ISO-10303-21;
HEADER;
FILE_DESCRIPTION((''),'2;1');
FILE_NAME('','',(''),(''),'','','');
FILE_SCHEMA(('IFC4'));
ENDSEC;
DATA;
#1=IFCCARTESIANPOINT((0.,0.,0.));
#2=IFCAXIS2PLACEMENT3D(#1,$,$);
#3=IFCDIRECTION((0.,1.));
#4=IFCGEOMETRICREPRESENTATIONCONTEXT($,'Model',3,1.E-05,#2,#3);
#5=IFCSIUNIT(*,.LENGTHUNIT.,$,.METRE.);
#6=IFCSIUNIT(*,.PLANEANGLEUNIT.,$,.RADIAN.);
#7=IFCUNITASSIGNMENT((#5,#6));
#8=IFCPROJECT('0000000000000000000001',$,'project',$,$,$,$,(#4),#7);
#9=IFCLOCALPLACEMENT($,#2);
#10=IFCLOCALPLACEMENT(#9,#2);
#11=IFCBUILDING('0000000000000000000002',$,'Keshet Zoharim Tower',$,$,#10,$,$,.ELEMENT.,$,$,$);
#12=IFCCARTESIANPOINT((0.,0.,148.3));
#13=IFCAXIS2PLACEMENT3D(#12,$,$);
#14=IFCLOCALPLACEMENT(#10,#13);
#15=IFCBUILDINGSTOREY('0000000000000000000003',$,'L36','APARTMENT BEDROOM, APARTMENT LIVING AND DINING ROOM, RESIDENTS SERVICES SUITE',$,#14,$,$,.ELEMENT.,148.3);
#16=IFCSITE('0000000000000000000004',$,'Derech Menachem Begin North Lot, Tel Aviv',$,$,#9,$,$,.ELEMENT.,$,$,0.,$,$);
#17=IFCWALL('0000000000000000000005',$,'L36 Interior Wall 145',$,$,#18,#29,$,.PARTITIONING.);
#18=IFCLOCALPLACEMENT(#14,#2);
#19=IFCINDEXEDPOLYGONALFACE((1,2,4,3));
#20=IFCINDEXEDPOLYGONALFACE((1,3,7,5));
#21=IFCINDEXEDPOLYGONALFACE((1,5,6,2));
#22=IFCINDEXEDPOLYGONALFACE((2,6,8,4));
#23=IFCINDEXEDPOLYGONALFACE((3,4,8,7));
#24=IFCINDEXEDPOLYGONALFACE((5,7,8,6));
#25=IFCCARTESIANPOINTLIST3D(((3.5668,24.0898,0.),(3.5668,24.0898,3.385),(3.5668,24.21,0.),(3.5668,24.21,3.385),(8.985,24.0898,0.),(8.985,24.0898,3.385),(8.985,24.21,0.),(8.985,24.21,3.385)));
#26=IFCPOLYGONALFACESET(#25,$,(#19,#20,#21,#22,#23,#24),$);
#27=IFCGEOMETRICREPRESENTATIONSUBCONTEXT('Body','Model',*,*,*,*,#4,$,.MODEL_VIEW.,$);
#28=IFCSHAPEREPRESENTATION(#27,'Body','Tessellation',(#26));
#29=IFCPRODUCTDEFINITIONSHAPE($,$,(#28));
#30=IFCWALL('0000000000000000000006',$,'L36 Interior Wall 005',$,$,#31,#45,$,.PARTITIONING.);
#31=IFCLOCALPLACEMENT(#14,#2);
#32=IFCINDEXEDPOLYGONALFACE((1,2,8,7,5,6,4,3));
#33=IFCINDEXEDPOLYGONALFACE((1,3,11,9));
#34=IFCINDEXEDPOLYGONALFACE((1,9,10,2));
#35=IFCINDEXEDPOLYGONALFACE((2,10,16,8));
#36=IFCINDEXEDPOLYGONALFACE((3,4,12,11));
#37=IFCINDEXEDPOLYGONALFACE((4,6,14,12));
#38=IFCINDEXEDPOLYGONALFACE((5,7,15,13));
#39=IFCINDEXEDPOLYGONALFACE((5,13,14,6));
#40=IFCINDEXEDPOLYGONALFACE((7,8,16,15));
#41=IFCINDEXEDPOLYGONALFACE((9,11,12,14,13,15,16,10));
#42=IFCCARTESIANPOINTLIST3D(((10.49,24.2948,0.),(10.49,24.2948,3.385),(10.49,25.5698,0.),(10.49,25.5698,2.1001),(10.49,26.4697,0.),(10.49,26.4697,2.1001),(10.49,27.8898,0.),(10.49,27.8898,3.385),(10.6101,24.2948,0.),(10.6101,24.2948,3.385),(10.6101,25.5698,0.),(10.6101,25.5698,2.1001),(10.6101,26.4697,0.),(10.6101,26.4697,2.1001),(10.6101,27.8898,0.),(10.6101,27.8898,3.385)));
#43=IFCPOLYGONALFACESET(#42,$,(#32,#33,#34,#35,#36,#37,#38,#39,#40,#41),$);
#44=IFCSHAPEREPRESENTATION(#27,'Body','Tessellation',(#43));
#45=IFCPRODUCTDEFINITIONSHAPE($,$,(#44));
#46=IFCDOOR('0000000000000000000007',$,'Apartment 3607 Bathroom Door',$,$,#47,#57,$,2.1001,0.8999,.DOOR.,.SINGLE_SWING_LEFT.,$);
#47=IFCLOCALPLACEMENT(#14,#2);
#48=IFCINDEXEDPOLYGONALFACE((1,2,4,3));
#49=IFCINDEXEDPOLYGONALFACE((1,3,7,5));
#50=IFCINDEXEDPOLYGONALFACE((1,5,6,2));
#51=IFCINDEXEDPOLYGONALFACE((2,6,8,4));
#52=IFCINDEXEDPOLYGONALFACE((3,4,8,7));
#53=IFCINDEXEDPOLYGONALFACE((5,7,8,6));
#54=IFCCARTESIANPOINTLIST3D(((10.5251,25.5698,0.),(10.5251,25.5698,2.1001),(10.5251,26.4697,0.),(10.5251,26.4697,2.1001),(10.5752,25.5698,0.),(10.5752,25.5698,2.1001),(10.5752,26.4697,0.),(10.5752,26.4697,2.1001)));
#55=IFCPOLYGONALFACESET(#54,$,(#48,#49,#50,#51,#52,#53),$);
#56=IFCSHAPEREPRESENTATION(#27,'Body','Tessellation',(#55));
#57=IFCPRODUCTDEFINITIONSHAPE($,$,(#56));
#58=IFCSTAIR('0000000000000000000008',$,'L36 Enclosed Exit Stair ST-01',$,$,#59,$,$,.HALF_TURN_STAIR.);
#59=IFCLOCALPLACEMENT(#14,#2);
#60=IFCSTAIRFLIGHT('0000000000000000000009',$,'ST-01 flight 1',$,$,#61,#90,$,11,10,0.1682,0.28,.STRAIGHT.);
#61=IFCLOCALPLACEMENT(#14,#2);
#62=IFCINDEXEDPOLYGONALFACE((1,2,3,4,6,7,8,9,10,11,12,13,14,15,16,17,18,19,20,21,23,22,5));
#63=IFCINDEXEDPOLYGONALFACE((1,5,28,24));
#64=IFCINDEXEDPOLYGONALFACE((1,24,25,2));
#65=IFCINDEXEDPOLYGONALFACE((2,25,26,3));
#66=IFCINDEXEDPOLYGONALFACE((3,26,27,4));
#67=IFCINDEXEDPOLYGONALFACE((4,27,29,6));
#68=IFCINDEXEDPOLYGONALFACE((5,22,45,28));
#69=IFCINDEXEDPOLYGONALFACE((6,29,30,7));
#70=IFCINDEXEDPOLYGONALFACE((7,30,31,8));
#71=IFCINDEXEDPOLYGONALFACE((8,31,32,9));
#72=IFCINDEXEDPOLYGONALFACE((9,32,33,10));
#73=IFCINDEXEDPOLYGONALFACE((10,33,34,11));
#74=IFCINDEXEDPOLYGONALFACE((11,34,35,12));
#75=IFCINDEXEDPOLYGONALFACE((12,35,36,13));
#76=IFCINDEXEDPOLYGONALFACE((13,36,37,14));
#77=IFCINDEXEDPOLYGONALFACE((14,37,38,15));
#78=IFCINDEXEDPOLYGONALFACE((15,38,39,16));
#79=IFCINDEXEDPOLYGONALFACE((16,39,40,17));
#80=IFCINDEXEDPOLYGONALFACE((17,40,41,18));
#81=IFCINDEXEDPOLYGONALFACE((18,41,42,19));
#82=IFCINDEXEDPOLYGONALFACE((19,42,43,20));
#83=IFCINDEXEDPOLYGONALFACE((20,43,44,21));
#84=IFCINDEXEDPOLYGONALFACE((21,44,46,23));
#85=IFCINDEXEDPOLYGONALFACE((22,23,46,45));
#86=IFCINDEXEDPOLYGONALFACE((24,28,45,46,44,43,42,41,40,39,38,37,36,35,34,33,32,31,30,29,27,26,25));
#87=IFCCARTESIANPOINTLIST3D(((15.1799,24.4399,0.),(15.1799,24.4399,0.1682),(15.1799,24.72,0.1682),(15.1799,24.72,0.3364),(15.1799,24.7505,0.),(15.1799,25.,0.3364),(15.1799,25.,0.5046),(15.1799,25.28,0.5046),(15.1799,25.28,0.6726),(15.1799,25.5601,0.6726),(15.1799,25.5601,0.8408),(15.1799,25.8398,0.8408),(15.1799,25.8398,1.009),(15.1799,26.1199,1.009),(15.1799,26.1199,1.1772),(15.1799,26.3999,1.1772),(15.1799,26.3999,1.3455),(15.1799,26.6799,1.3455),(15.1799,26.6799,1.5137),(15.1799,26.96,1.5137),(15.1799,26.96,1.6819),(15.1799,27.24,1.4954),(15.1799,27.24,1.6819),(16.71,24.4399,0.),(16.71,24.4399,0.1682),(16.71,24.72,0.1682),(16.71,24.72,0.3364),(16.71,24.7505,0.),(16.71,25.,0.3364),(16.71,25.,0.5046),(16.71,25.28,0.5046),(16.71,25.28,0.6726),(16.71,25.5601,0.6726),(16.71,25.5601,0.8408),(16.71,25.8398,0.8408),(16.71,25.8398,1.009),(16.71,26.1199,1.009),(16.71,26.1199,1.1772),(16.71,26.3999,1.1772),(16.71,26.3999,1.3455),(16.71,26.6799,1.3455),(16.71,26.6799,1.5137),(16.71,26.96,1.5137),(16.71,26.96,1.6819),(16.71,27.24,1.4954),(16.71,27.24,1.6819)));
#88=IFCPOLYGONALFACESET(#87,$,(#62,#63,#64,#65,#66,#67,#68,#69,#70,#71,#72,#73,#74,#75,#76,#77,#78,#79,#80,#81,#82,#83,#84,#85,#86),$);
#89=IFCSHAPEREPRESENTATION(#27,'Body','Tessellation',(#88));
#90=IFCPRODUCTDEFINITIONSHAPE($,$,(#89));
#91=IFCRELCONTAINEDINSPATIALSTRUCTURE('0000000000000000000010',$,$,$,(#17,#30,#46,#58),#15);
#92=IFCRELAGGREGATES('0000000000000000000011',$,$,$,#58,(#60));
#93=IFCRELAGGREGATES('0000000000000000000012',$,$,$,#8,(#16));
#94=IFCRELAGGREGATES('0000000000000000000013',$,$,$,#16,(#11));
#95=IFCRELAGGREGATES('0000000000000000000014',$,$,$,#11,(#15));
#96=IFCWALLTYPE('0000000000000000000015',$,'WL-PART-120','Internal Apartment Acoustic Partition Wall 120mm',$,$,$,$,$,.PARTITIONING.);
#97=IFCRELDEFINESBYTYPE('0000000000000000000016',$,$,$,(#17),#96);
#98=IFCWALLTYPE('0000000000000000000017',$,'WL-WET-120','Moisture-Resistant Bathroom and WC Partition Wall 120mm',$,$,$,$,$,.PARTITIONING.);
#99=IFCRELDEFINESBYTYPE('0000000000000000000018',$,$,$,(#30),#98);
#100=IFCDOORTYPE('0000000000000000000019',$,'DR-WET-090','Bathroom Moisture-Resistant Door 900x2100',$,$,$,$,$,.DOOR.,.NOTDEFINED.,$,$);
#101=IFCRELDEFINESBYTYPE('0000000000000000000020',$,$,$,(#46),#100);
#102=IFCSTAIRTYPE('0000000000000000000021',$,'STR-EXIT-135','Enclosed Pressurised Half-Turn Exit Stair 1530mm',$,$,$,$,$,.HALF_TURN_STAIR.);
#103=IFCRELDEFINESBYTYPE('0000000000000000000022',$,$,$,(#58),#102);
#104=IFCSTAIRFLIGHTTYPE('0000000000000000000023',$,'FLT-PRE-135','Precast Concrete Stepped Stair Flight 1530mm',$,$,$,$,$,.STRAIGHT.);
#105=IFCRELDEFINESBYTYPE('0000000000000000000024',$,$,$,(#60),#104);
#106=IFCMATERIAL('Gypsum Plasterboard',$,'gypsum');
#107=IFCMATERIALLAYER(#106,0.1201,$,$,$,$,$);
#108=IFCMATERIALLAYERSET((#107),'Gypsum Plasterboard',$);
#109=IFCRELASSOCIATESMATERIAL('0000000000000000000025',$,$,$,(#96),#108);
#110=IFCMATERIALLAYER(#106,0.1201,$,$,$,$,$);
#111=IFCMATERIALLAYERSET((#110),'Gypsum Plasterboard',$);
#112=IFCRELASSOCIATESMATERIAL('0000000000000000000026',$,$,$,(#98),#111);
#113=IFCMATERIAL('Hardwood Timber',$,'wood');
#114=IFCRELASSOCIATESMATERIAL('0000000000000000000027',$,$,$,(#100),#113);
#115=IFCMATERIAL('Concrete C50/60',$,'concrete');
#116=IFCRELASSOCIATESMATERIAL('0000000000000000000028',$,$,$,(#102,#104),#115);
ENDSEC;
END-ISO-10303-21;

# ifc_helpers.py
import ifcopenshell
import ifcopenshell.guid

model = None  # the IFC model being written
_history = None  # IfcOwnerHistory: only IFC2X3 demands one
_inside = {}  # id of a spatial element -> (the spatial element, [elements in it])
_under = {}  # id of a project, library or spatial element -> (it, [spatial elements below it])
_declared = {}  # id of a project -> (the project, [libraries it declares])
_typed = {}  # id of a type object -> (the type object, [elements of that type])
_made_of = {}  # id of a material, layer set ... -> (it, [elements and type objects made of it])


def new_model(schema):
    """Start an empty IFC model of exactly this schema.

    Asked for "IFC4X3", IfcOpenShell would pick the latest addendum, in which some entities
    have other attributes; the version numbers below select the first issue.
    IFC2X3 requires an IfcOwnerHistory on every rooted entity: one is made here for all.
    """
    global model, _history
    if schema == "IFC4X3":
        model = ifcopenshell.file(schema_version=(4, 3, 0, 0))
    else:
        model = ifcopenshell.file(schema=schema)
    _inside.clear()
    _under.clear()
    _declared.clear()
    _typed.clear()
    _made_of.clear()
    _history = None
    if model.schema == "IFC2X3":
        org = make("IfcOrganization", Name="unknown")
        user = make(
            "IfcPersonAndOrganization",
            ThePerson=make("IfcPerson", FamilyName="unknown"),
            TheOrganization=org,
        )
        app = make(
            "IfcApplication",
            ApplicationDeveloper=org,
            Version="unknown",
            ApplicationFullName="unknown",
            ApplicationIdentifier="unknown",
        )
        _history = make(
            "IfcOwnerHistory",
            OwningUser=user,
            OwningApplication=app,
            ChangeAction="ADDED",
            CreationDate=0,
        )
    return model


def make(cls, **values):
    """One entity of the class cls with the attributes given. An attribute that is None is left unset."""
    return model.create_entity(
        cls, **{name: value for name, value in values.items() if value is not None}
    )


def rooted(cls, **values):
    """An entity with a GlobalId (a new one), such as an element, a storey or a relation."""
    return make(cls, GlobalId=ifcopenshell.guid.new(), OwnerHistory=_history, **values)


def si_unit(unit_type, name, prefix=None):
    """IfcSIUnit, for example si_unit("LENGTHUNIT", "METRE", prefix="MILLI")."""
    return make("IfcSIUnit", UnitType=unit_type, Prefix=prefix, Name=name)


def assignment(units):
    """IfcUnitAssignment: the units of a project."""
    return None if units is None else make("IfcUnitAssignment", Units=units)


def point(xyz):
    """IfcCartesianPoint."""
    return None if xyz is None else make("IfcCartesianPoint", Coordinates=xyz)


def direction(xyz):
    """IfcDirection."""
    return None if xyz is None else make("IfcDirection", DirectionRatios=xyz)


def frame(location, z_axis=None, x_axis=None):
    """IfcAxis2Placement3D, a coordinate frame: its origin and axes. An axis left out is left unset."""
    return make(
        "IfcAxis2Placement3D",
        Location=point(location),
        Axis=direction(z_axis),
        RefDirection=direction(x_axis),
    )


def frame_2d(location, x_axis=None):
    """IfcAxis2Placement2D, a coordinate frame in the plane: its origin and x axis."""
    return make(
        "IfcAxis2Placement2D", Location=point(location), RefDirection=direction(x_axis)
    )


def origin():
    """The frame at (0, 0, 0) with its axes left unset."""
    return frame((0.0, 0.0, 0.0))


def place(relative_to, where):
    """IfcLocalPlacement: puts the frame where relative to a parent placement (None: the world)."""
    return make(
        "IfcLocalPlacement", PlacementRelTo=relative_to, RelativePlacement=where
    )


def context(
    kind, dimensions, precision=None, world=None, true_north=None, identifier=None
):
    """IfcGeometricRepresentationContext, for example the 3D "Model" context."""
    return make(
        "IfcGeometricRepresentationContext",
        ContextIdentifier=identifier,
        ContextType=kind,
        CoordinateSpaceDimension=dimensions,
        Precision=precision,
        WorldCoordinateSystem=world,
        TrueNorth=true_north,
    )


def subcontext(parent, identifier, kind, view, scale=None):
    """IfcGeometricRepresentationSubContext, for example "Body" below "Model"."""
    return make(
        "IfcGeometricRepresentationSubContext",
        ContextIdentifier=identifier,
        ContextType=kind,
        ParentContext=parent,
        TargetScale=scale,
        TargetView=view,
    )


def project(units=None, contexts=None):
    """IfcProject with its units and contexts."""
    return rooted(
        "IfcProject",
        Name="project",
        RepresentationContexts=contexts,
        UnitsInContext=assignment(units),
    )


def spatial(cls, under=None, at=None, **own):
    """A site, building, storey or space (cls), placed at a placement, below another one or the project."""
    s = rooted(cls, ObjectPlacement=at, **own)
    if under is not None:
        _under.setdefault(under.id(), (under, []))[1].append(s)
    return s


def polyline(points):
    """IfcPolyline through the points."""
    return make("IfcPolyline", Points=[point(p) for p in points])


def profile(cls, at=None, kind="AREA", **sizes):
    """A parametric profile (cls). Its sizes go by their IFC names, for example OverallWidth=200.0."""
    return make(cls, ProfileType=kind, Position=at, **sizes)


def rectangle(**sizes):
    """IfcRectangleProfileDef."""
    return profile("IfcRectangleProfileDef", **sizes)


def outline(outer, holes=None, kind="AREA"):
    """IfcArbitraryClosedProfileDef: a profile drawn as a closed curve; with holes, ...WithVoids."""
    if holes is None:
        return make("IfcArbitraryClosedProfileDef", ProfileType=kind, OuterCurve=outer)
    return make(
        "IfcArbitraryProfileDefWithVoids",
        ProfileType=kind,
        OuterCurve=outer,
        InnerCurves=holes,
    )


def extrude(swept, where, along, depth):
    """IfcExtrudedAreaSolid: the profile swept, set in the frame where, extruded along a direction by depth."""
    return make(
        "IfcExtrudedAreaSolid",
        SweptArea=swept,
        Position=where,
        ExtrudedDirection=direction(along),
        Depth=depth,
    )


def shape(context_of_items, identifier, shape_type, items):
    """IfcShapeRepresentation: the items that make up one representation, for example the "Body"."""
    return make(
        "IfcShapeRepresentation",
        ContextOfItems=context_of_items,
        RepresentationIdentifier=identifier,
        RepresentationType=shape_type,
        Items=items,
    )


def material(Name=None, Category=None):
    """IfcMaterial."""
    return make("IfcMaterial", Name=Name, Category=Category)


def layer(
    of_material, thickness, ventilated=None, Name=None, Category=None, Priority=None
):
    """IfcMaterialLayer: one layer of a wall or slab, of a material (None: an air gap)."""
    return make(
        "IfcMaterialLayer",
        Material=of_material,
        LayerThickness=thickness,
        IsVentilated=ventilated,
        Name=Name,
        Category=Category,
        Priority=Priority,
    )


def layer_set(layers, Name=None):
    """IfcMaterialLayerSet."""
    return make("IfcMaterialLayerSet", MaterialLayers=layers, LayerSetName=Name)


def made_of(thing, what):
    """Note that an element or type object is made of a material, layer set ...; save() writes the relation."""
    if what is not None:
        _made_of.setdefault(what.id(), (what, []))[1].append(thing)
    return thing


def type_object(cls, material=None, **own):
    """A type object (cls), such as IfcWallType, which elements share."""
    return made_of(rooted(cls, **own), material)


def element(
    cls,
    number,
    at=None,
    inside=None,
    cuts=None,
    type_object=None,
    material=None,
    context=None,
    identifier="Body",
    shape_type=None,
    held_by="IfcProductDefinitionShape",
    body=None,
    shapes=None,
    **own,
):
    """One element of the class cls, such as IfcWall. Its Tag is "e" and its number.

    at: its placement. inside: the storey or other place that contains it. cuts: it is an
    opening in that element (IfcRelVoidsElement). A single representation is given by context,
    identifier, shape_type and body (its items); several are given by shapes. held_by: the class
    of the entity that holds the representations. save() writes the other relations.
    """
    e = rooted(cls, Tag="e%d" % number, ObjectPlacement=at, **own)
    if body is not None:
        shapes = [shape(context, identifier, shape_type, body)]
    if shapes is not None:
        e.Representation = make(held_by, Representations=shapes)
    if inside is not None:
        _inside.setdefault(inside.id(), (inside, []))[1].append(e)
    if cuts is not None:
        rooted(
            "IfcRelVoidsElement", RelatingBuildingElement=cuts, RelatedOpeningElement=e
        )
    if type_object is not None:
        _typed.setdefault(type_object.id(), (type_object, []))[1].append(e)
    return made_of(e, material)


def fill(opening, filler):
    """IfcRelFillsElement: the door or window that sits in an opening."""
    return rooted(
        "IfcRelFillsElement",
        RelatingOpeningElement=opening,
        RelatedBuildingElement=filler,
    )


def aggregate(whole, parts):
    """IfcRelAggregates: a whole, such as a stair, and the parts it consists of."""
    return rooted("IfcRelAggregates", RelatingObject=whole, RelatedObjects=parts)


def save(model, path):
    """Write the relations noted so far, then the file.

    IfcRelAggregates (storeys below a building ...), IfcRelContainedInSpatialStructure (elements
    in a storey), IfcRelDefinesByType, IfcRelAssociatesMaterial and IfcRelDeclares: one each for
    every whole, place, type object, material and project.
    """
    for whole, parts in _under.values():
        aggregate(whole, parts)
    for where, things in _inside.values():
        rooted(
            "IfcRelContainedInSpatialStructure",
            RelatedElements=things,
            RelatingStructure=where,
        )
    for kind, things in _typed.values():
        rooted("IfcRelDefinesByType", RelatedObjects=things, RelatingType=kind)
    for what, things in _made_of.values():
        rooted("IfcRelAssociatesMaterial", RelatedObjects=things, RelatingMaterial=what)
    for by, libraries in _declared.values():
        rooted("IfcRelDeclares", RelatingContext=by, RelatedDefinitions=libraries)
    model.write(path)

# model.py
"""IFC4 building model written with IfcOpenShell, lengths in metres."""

from ifc_helpers import new_model, si_unit, direction, frame, frame_2d, origin, place, context, subcontext, project, spatial, polyline, rectangle, outline, extrude, material, layer, layer_set, type_object, element, fill, aggregate, save


model = new_model("IFC4")

# Units and contexts
model_context = context("Model", 3, precision=1e-05, world=origin(), true_north=direction((0.0, 1.0)))
body_context = subcontext(model_context, "Body", "Model", "MODEL_VIEW")
ifc_project = project(units=[si_unit("LENGTHUNIT", "METRE"), si_unit("PLANEANGLEUNIT", "RADIAN")], contexts=[model_context])

# Site, building, storey
site_placement = place(None, origin())
site = spatial("IfcSite", under=ifc_project, at=site_placement, Name="Derech Menachem Begin North Lot, Tel Aviv", CompositionType="ELEMENT", RefElevation=0.0)
building_placement = place(site_placement, origin())
building = spatial("IfcBuilding", under=site, at=building_placement, Name="Keshet Zoharim Tower", CompositionType="ELEMENT")
storey_placement = place(building_placement, frame((0.0, 0.0, 148.3)))
storey = spatial("IfcBuildingStorey", under=building, at=storey_placement, Name="L36", Description="APARTMENT BEDROOM, APARTMENT LIVING AND DINING ROOM, RESIDENTS SERVICES SUITE", CompositionType="ELEMENT", Elevation=148.3)

# Shared definitions
ifc_material_1 = material(Name="Gypsum Plasterboard", Category="gypsum")

# Shared definitions
ifc_layer_1 = layer(ifc_material_1, 0.1201)
ifc_layer_set_1 = layer_set([ifc_layer_1], Name="Gypsum Plasterboard")
wall_type_1 = type_object("IfcWallType", Name="WL-PART-120", Description="Internal Apartment Acoustic Partition Wall 120mm", PredefinedType="PARTITIONING", material=ifc_layer_set_1)
ifc_material_2 = material(Name="Hardwood Timber", Category="wood")

# Wall
wall_1_placement = place(storey_placement, frame((3.5669, 24.1499, 0.0), z_axis=(0.0, 0.0, 1.0), x_axis=(1.0, 0.0, 0.0)))
element("IfcWall", 1, at=wall_1_placement, inside=storey, type_object=wall_type_1, Name="L36 Interior Wall 145", PredefinedType="PARTITIONING", context=body_context, shape_type="SweptSolid", body=[
    extrude(rectangle(XDim=5.4182, YDim=0.1201, at=frame_2d((2.709, 0.0))), origin(), (0.0, 0.0, 1.0), 3.385),
])

# Wall, opening, door
ifc_layer_2 = layer(ifc_material_1, 0.1201)
ifc_layer_set_2 = layer_set([ifc_layer_2], Name="Gypsum Plasterboard")
wall_type_2 = type_object("IfcWallType", Name="WL-WET-120", Description="Moisture-Resistant Bathroom and WC Partition Wall 120mm", PredefinedType="PARTITIONING", material=ifc_layer_set_2)
wall_2_placement = place(storey_placement, frame((10.55, 24.2949, 0.0), z_axis=(0.0, 0.0, 1.0), x_axis=(0.0, 1.0, 0.0)))
wall_2 = element("IfcWall", 2, at=wall_2_placement, inside=storey, type_object=wall_type_2, Name="L36 Interior Wall 005", PredefinedType="PARTITIONING", context=body_context, shape_type="SweptSolid", body=[
    extrude(rectangle(XDim=3.595, YDim=0.1201, at=frame_2d((1.7974, 0.0))), origin(), (0.0, 0.0, 1.0), 3.385),
])
opening_1_placement = place(wall_2_placement, frame((1.2749, 0.0, 0.0)))
opening_1 = element("IfcOpeningElement", 3, at=opening_1_placement, cuts=wall_2, PredefinedType="OPENING", context=body_context, shape_type="SweptSolid", body=[
    extrude(rectangle(XDim=0.8999, YDim=2.1001, at=frame_2d((0.45, 1.05))), frame((0.0, 0.0701, 0.0), z_axis=(0.0, -1.0, 0.0), x_axis=(1.0, 0.0, 0.0)), (0.0, 0.0, 1.0), 0.1401),
])
door_type_1 = type_object("IfcDoorType", Name="DR-WET-090", Description="Bathroom Moisture-Resistant Door 900x2100", OperationType="NOTDEFINED", PredefinedType="DOOR", material=ifc_material_2)
door_1_placement = place(opening_1_placement, origin())
door_1 = element("IfcDoor", 4, at=door_1_placement, inside=storey, type_object=door_type_1, Name="Apartment 3607 Bathroom Door", OperationType="SINGLE_SWING_LEFT", OverallHeight=2.1001, OverallWidth=0.8999, PredefinedType="DOOR", context=body_context, shape_type="SweptSolid", body=[
    extrude(rectangle(XDim=0.8999, YDim=2.1001, at=frame_2d((0.45, 1.05))), frame((0.0, 0.0249, 0.0), z_axis=(0.0, -1.0, 0.0), x_axis=(1.0, 0.0, 0.0)), (0.0, 0.0, 1.0), 0.05),
])
fill(opening_1, door_1)

# Stair, stair flight
ifc_material_3 = material(Name="Concrete C50/60", Category="concrete")
stair_type = type_object("IfcStairType", Name="STR-EXIT-135", Description="Enclosed Pressurised Half-Turn Exit Stair 1530mm", PredefinedType="HALF_TURN_STAIR", material=ifc_material_3)
stair_placement = place(storey_placement, origin())
stair = element("IfcStair", 5, at=stair_placement, inside=storey, type_object=stair_type, Name="L36 Enclosed Exit Stair ST-01", PredefinedType="HALF_TURN_STAIR")
stair_flight_type = type_object("IfcStairFlightType", Name="FLT-PRE-135", Description="Precast Concrete Stepped Stair Flight 1530mm", PredefinedType="STRAIGHT", material=ifc_material_3)
stair_flight_placement = place(storey_placement, frame((15.9451, 24.4399, 0.0), z_axis=(0.0, 0.0, 1.0), x_axis=(0.0, 1.0, 0.0)))
stair_flight = element("IfcStairFlight", 6, at=stair_flight_placement, type_object=stair_flight_type, Name="ST-01 flight 1", NumberOfRisers=11, NumberOfTreads=10, PredefinedType="STRAIGHT", RiserHeight=0.1682, TreadLength=0.28, context=body_context, shape_type="SweptSolid", body=[
    extrude(outline(polyline([(0.0, 0.0), (0.0, 0.1682), (0.28, 0.1682), (0.28, 0.3364), (0.5601, 0.3364), (0.5601, 0.5046), (0.8401, 0.5046), (0.8401, 0.6726), (1.1201, 0.6726), (1.1201, 0.8408), (1.3999, 0.8408), (1.3999, 1.009), (1.6799, 1.009), (1.6799, 1.1772), (1.96, 1.1772), (1.96, 1.3455), (2.24, 1.3455), (2.24, 1.5137), (2.52, 1.5137), (2.52, 1.6819), (2.8, 1.6819), (2.8, 1.8501), (2.8, 1.4954), (0.3105, 0.0), (0.0, 0.0)])), frame((0.0, 0.7651, 0.0), z_axis=(0.0, -1.0, 0.0), x_axis=(1.0, 0.0, 0.0)), (0.0, 0.0, 1.0), 1.53),
])
aggregate(stair, [stair_flight])

save(model, "model.ifc")
